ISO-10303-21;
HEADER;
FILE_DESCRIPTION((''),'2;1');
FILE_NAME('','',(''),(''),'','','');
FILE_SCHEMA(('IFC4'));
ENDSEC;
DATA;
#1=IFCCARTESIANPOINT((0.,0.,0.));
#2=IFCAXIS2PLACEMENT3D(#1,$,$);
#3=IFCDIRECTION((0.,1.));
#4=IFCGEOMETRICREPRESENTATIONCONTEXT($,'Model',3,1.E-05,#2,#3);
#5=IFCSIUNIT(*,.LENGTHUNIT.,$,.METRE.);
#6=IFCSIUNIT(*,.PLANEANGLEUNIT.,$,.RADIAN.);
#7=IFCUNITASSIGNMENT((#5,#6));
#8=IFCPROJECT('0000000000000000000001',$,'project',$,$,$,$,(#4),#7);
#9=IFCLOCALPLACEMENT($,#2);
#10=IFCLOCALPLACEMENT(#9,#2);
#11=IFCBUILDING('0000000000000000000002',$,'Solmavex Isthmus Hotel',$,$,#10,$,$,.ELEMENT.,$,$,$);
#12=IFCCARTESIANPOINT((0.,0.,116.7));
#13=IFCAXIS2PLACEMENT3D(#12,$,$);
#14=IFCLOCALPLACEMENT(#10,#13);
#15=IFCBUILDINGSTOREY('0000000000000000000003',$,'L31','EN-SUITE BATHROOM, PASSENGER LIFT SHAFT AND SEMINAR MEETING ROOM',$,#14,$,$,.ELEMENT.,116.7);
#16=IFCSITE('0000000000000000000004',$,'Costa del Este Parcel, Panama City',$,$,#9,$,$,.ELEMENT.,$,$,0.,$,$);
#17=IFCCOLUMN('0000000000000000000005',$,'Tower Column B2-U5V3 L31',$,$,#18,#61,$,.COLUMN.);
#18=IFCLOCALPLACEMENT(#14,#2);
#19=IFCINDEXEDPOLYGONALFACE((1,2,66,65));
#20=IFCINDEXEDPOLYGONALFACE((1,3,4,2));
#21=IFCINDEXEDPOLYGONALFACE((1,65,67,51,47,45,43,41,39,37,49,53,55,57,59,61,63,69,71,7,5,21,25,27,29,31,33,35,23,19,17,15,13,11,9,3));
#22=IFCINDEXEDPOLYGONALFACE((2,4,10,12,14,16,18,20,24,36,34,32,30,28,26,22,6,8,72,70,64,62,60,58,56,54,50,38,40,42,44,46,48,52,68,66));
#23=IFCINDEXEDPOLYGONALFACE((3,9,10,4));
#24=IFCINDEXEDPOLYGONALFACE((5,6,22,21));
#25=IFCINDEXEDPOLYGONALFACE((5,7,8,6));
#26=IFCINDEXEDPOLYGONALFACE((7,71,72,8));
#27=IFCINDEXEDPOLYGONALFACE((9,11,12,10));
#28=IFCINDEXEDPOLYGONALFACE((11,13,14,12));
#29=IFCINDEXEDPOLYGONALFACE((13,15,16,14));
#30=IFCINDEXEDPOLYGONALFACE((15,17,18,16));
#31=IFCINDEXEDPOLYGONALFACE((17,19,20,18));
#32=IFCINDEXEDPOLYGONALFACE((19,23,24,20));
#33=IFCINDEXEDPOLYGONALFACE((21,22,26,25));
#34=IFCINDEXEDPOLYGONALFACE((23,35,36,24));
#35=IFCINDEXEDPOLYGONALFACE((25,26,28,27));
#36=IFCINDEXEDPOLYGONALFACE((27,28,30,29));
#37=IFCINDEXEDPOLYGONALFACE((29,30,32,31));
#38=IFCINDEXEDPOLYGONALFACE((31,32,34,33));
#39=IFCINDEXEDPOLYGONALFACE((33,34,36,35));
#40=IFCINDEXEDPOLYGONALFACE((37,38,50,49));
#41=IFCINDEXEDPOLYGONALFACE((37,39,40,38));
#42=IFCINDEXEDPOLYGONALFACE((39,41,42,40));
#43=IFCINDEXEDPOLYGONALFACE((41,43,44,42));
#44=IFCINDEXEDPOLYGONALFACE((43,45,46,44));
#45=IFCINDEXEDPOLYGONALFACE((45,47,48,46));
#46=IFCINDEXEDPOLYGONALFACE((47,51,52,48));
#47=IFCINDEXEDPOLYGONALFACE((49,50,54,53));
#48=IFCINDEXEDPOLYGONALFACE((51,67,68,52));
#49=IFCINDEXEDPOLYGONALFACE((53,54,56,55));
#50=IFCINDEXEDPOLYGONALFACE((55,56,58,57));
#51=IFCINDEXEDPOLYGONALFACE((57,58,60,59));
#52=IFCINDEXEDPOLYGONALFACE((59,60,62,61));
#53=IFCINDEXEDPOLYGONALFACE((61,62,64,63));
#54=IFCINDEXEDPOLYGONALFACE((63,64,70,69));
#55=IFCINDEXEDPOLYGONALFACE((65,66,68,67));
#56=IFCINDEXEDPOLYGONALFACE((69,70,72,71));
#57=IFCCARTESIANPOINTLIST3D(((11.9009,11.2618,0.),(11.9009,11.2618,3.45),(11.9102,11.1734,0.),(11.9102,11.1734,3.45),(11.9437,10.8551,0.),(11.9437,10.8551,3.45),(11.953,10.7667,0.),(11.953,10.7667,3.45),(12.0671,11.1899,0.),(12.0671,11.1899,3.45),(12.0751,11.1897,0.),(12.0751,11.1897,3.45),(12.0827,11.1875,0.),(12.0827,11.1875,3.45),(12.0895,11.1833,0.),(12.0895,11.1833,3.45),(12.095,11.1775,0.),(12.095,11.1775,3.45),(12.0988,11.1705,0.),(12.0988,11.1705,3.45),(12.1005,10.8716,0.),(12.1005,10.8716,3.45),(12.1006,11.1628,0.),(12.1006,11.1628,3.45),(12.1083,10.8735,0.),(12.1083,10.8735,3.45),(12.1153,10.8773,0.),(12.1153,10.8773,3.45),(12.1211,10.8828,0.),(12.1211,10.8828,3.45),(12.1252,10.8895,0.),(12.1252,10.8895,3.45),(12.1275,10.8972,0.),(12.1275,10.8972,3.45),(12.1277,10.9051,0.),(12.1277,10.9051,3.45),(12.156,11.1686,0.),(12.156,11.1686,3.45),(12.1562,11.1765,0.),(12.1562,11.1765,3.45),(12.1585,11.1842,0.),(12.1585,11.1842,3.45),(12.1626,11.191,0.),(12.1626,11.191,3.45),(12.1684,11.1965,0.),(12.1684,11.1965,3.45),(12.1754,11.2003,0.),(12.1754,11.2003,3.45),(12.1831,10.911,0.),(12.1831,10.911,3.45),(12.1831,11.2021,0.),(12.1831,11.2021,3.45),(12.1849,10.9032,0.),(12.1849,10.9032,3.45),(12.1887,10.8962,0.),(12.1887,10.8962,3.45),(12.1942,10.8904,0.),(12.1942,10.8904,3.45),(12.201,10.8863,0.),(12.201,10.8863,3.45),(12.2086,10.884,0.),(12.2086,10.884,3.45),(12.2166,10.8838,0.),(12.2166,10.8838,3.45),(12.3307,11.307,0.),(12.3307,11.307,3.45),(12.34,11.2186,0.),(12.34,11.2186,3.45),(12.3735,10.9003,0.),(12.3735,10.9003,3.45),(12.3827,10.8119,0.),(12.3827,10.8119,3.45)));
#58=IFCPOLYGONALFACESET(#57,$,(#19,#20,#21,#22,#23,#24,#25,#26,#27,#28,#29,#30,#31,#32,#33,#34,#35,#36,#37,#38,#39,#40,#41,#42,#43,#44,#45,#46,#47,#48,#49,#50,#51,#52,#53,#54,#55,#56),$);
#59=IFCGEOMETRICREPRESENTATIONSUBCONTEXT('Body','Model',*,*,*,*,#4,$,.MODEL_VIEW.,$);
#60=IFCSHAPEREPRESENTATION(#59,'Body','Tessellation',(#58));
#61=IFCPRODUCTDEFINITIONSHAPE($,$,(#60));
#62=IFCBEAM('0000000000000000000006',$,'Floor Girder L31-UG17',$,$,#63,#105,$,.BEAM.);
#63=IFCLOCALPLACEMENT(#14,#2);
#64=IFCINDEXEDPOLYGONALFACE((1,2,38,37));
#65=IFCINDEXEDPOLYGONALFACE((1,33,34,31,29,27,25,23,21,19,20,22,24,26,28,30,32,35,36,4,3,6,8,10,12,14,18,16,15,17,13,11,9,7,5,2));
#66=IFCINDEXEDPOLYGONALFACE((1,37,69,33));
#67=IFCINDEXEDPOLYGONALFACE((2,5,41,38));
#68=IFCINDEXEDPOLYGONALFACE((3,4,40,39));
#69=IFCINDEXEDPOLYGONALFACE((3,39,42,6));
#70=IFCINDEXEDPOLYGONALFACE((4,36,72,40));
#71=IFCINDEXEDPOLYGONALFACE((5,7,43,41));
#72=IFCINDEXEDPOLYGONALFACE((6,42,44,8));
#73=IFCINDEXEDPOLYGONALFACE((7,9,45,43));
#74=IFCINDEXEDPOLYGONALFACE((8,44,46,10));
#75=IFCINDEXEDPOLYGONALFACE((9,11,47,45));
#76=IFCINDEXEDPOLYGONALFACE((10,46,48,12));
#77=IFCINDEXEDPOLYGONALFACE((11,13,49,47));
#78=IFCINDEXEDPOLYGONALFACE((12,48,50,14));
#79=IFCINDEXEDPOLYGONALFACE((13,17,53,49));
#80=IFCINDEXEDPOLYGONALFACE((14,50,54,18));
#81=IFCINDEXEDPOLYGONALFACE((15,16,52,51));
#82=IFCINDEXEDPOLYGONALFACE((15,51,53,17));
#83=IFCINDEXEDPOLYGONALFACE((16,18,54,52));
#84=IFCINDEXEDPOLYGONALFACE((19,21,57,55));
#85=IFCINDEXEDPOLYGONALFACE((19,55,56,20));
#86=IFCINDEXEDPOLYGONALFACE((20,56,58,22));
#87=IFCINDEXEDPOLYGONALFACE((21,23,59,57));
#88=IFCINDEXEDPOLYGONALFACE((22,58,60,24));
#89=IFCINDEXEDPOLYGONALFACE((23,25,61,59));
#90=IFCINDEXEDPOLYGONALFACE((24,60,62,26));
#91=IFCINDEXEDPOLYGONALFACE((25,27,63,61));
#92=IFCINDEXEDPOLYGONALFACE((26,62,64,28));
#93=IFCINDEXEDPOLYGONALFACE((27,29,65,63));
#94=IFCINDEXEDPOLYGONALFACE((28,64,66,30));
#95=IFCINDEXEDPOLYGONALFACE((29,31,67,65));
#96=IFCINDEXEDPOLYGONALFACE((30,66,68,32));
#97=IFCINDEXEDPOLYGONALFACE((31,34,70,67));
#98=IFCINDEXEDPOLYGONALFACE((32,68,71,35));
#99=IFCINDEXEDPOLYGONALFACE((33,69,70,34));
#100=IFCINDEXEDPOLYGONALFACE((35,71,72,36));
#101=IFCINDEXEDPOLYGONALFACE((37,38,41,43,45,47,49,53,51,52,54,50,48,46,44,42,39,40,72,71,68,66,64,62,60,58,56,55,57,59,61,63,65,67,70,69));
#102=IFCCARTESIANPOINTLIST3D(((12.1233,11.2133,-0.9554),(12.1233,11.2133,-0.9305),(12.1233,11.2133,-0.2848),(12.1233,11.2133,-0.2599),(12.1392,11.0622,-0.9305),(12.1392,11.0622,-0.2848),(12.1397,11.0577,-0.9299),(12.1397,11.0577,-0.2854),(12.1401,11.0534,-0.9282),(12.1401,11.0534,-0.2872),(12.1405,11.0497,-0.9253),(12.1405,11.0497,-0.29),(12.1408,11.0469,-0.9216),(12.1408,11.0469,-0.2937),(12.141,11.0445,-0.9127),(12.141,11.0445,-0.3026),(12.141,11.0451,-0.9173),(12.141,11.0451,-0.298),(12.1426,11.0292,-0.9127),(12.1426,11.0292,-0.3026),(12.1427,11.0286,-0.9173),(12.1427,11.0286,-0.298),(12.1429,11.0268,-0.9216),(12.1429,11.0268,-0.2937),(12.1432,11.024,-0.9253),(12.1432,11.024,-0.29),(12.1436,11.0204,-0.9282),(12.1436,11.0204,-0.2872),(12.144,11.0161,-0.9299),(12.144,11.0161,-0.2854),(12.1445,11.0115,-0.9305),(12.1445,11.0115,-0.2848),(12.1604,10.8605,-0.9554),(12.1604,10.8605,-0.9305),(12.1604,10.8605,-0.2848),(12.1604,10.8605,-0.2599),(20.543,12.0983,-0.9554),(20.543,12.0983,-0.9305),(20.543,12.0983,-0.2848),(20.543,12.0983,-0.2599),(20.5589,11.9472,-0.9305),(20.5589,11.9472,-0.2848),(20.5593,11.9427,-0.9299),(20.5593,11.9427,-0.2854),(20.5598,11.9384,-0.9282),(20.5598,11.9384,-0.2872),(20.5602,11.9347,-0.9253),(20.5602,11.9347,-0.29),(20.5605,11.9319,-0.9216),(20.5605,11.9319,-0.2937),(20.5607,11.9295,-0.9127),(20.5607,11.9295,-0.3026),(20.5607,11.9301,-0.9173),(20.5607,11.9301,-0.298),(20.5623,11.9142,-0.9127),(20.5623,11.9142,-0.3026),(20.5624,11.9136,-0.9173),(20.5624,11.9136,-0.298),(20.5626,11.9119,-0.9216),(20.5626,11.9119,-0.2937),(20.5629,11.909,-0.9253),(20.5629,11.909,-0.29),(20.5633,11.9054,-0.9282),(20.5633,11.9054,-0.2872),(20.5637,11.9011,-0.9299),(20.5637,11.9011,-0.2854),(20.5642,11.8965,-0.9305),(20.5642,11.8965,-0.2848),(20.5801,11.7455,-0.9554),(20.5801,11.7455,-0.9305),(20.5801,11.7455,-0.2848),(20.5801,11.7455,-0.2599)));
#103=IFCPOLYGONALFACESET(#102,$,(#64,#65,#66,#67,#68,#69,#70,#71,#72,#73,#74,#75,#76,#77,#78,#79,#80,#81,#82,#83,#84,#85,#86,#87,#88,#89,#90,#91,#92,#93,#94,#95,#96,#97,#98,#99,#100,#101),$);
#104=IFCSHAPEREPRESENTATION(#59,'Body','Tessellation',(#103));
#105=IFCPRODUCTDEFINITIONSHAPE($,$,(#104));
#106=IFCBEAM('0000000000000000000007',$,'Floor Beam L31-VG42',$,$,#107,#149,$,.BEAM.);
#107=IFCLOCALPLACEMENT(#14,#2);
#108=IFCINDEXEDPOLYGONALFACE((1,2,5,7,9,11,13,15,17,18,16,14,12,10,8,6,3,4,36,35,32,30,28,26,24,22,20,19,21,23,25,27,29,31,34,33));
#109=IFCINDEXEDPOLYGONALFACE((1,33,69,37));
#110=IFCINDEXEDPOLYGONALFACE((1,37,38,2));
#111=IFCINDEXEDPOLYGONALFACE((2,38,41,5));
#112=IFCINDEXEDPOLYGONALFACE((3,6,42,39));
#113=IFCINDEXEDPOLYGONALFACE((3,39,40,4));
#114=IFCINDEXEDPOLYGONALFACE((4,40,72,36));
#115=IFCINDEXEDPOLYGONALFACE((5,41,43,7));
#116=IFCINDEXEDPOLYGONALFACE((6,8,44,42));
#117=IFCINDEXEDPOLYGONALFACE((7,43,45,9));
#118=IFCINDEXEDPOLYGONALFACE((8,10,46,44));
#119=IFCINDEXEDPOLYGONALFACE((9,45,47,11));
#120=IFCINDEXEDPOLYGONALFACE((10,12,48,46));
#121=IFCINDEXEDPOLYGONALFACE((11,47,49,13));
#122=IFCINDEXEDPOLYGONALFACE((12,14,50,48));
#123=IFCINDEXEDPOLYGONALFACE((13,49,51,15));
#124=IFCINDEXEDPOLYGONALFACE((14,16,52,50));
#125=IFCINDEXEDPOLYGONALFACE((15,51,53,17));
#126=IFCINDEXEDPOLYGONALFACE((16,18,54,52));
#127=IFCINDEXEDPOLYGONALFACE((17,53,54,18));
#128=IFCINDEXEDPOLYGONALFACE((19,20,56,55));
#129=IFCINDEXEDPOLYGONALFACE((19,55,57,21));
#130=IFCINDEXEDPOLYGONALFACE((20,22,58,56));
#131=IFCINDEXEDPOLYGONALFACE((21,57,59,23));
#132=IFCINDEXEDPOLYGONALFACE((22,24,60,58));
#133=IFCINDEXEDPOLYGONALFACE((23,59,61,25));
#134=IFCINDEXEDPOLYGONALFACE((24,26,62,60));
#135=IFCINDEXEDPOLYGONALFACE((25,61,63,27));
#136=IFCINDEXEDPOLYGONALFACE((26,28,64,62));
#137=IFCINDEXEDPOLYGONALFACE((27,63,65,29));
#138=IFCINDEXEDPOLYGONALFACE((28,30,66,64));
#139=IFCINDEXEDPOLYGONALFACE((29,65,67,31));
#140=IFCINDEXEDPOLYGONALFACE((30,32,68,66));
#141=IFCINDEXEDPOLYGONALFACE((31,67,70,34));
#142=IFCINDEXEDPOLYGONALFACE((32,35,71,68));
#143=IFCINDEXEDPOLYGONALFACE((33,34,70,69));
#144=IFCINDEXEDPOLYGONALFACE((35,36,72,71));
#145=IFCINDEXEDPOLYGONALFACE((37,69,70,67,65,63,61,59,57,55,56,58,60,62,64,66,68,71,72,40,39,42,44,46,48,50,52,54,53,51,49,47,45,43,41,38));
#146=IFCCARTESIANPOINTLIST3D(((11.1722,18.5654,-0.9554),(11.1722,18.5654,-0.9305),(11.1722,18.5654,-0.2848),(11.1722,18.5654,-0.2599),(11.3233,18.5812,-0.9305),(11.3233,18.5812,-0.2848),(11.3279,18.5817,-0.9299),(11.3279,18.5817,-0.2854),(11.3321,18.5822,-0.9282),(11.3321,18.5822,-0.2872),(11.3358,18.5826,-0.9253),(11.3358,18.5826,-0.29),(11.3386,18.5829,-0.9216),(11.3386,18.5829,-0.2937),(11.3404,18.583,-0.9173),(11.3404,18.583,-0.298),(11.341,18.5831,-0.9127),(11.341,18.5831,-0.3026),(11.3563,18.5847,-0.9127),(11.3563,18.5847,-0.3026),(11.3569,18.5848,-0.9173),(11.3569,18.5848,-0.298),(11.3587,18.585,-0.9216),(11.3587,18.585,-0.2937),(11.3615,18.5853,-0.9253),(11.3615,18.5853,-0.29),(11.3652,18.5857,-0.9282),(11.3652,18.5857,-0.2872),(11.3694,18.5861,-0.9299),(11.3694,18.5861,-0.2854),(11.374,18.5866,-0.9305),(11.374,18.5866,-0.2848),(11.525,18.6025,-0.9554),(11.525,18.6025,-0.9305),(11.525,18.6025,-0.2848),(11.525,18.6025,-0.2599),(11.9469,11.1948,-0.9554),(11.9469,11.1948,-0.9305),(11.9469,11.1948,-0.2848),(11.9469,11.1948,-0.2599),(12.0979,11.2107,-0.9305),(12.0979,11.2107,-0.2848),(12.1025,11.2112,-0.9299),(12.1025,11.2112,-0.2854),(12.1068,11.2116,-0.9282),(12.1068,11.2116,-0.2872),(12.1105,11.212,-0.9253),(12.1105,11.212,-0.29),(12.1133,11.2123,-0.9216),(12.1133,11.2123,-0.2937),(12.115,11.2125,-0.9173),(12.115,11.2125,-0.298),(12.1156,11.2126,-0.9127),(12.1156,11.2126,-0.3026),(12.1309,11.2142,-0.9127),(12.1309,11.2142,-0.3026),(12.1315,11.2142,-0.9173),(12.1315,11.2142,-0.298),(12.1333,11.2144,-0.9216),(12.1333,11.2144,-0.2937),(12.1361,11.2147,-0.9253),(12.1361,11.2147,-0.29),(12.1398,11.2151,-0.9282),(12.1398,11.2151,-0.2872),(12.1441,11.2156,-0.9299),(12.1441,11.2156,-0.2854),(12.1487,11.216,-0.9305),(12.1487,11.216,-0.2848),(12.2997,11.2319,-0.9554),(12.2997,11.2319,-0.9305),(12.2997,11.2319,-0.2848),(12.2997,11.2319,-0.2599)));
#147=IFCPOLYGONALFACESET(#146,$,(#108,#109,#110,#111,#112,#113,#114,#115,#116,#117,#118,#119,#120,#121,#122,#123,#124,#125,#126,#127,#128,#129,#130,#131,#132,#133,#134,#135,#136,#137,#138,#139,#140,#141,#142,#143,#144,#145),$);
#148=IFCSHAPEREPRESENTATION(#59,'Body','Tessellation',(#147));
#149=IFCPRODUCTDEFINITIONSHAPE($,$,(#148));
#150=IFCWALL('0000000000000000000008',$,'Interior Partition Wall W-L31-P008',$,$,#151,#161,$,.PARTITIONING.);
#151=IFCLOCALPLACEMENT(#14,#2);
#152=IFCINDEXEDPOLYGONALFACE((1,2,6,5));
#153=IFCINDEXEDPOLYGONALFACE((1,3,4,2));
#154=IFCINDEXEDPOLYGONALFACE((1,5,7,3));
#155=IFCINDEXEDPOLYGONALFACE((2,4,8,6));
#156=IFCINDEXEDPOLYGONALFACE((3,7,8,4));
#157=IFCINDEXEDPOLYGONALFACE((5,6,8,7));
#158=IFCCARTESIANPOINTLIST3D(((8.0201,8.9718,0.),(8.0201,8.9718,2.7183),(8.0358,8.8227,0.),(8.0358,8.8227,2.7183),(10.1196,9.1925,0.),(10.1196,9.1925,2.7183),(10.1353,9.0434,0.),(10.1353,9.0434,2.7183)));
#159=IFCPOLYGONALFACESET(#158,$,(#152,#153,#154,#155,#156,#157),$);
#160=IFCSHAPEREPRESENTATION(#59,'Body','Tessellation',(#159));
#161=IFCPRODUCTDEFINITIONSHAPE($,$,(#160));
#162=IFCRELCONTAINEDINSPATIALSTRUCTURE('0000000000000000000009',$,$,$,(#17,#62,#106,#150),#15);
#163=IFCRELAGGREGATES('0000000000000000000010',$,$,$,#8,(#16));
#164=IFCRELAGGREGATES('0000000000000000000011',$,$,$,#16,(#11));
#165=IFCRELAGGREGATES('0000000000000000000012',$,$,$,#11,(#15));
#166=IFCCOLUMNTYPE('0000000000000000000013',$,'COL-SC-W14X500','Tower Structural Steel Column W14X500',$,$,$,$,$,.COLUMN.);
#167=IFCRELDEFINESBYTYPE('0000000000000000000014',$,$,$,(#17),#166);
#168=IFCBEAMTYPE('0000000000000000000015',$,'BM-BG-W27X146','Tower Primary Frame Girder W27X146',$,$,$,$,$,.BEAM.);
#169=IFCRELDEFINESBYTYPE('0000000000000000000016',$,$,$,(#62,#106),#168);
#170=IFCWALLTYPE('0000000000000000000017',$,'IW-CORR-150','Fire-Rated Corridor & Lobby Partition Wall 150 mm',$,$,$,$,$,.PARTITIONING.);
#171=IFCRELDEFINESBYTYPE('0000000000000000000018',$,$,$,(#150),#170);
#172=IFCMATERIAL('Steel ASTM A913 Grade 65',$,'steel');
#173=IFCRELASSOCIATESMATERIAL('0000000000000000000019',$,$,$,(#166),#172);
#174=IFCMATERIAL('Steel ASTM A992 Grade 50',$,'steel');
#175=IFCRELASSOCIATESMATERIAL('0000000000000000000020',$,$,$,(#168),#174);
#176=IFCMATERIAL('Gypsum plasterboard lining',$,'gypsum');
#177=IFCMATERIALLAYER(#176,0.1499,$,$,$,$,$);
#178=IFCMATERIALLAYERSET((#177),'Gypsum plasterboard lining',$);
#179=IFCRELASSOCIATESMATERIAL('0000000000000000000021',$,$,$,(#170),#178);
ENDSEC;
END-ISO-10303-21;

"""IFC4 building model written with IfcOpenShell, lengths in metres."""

from ifc_helpers import new_model, si_unit, direction, frame, frame_2d, origin, origin_2d, place, context, subcontext, project, spatial, rectangle, i_section, extrude, material, layer, layer_set, material_profile, profile_set, type_object, element, save


model = new_model("IFC4")

# Units and contexts
model_context = context("Model", 3, precision=1e-05, world=origin(), true_north=direction((0.0, 1.0)))
body_context = subcontext(model_context, "Body", "Model", "MODEL_VIEW")
ifc_project = project(units=[si_unit("LENGTHUNIT", "METRE"), si_unit("PLANEANGLEUNIT", "RADIAN")], contexts=[model_context])

# Site, building, storey
site_placement = place(None, origin())
site = spatial("IfcSite", under=ifc_project, at=site_placement, Name="Costa del Este Parcel, Panama City", CompositionType="ELEMENT", RefElevation=0.0)
building_placement = place(site_placement, origin())
building = spatial("IfcBuilding", under=site, at=building_placement, Name="Solmavex Isthmus Hotel", CompositionType="ELEMENT")
storey_placement = place(building_placement, frame((0.0, 0.0, 116.7)))
storey = spatial("IfcBuildingStorey", under=building, at=storey_placement, Name="L31", Description="EN-SUITE BATHROOM, PASSENGER LIFT SHAFT AND SEMINAR MEETING ROOM", CompositionType="ELEMENT", Elevation=116.7)

# Column
ifc_material_1 = material(Name="Steel ASTM A913 Grade 65", Category="steel")
ifc_material_profile_1 = material_profile(ifc_material_1, i_section(OverallWidth=0.4321, OverallDepth=0.4978, WebThickness=0.0557, FlangeThickness=0.0889, FilletRadius=0.0305, at=origin_2d()), Name="W14X500")
ifc_profile_set_1 = profile_set([ifc_material_profile_1], Name="Steel ASTM A913 Grade 65")
column_type = type_object("IfcColumnType", Name="COL-SC-W14X500", Description="Tower Structural Steel Column W14X500", PredefinedType="COLUMN", material=ifc_profile_set_1)
column_placement = place(storey_placement, frame((12.1418, 11.0369, 0.0), z_axis=(0.0, 0.0, 1.0), x_axis=(0.994522, 0.104528, 0.0)))
element("IfcColumn", 1, at=column_placement, inside=storey, type_object=column_type, Name="Tower Column B2-U5V3 L31", PredefinedType="COLUMN", context=body_context, shape_type="SweptSolid", body=[
    extrude(i_section(OverallWidth=0.4321, OverallDepth=0.4978, WebThickness=0.0557, FlangeThickness=0.0889, FilletRadius=0.0305, at=origin_2d()), origin(), (0.0, 0.0, 1.0), 3.45),
])

# Beams
ifc_material_2 = material(Name="Steel ASTM A992 Grade 50", Category="steel")
ifc_material_profile_2 = material_profile(ifc_material_2, i_section(OverallWidth=0.3547, OverallDepth=0.6956, WebThickness=0.0154, FlangeThickness=0.0249, FilletRadius=0.0178, at=origin_2d()), Name="W27X146")
ifc_profile_set_2 = profile_set([ifc_material_profile_2], Name="Steel ASTM A992 Grade 50")
beam_type = type_object("IfcBeamType", Name="BM-BG-W27X146", Description="Tower Primary Frame Girder W27X146", PredefinedType="BEAM", material=ifc_profile_set_2)
beam_1_placement = place(storey_placement, frame((12.1418, 11.0369, -0.6077), z_axis=(0.994521, 0.104536, 0.0), x_axis=(-0.104536, 0.994521, 0.0)))
element("IfcBeam", 2, at=beam_1_placement, inside=storey, type_object=beam_type, Name="Floor Girder L31-UG17", PredefinedType="BEAM", context=body_context, shape_type="SweptSolid", body=[
    extrude(i_section(OverallWidth=0.3547, OverallDepth=0.6956, WebThickness=0.0154, FlangeThickness=0.0249, FilletRadius=0.0178, at=origin_2d()), origin(), (0.0, 0.0, 1.0), 8.4661),
])
beam_2_placement = place(storey_placement, frame((12.1233, 11.2134, -0.6077), z_axis=(-0.104525, 0.994522, 0.0), x_axis=(-0.994522, -0.104525, 0.0)))
element("IfcBeam", 3, at=beam_2_placement, inside=storey, type_object=beam_type, Name="Floor Beam L31-VG42", PredefinedType="BEAM", context=body_context, shape_type="SweptSolid", body=[
    extrude(i_section(OverallWidth=0.3547, OverallDepth=0.6956, WebThickness=0.0154, FlangeThickness=0.0249, FilletRadius=0.0178, at=origin_2d()), origin(), (0.0, 0.0, 1.0), 7.4111),
])

# Shared definitions
ifc_material_3 = material(Name="Gypsum plasterboard lining", Category="gypsum")
ifc_layer_1 = layer(ifc_material_3, 0.1499)
ifc_layer_set_1 = layer_set([ifc_layer_1], Name="Gypsum plasterboard lining")
wall_type_1 = type_object("IfcWallType", Name="IW-CORR-150", Description="Fire-Rated Corridor & Lobby Partition Wall 150 mm", PredefinedType="PARTITIONING", material=ifc_layer_set_1)

# Wall
wall_1_placement = place(storey_placement, frame((8.0278, 8.8972, 0.0), z_axis=(0.0, 0.0, 1.0), x_axis=(0.994521, 0.10454, 0.0)))
element("IfcWall", 4, at=wall_1_placement, inside=storey, type_object=wall_type_1, Name="Interior Partition Wall W-L31-P008", PredefinedType="PARTITIONING", context=body_context, shape_type="SweptSolid", body=[
    extrude(rectangle(XDim=2.1111, YDim=0.1499, at=frame_2d((1.0557, 0.0))), origin(), (0.0, 0.0, 1.0), 2.7183),
])

save(model, "model.ifc")
